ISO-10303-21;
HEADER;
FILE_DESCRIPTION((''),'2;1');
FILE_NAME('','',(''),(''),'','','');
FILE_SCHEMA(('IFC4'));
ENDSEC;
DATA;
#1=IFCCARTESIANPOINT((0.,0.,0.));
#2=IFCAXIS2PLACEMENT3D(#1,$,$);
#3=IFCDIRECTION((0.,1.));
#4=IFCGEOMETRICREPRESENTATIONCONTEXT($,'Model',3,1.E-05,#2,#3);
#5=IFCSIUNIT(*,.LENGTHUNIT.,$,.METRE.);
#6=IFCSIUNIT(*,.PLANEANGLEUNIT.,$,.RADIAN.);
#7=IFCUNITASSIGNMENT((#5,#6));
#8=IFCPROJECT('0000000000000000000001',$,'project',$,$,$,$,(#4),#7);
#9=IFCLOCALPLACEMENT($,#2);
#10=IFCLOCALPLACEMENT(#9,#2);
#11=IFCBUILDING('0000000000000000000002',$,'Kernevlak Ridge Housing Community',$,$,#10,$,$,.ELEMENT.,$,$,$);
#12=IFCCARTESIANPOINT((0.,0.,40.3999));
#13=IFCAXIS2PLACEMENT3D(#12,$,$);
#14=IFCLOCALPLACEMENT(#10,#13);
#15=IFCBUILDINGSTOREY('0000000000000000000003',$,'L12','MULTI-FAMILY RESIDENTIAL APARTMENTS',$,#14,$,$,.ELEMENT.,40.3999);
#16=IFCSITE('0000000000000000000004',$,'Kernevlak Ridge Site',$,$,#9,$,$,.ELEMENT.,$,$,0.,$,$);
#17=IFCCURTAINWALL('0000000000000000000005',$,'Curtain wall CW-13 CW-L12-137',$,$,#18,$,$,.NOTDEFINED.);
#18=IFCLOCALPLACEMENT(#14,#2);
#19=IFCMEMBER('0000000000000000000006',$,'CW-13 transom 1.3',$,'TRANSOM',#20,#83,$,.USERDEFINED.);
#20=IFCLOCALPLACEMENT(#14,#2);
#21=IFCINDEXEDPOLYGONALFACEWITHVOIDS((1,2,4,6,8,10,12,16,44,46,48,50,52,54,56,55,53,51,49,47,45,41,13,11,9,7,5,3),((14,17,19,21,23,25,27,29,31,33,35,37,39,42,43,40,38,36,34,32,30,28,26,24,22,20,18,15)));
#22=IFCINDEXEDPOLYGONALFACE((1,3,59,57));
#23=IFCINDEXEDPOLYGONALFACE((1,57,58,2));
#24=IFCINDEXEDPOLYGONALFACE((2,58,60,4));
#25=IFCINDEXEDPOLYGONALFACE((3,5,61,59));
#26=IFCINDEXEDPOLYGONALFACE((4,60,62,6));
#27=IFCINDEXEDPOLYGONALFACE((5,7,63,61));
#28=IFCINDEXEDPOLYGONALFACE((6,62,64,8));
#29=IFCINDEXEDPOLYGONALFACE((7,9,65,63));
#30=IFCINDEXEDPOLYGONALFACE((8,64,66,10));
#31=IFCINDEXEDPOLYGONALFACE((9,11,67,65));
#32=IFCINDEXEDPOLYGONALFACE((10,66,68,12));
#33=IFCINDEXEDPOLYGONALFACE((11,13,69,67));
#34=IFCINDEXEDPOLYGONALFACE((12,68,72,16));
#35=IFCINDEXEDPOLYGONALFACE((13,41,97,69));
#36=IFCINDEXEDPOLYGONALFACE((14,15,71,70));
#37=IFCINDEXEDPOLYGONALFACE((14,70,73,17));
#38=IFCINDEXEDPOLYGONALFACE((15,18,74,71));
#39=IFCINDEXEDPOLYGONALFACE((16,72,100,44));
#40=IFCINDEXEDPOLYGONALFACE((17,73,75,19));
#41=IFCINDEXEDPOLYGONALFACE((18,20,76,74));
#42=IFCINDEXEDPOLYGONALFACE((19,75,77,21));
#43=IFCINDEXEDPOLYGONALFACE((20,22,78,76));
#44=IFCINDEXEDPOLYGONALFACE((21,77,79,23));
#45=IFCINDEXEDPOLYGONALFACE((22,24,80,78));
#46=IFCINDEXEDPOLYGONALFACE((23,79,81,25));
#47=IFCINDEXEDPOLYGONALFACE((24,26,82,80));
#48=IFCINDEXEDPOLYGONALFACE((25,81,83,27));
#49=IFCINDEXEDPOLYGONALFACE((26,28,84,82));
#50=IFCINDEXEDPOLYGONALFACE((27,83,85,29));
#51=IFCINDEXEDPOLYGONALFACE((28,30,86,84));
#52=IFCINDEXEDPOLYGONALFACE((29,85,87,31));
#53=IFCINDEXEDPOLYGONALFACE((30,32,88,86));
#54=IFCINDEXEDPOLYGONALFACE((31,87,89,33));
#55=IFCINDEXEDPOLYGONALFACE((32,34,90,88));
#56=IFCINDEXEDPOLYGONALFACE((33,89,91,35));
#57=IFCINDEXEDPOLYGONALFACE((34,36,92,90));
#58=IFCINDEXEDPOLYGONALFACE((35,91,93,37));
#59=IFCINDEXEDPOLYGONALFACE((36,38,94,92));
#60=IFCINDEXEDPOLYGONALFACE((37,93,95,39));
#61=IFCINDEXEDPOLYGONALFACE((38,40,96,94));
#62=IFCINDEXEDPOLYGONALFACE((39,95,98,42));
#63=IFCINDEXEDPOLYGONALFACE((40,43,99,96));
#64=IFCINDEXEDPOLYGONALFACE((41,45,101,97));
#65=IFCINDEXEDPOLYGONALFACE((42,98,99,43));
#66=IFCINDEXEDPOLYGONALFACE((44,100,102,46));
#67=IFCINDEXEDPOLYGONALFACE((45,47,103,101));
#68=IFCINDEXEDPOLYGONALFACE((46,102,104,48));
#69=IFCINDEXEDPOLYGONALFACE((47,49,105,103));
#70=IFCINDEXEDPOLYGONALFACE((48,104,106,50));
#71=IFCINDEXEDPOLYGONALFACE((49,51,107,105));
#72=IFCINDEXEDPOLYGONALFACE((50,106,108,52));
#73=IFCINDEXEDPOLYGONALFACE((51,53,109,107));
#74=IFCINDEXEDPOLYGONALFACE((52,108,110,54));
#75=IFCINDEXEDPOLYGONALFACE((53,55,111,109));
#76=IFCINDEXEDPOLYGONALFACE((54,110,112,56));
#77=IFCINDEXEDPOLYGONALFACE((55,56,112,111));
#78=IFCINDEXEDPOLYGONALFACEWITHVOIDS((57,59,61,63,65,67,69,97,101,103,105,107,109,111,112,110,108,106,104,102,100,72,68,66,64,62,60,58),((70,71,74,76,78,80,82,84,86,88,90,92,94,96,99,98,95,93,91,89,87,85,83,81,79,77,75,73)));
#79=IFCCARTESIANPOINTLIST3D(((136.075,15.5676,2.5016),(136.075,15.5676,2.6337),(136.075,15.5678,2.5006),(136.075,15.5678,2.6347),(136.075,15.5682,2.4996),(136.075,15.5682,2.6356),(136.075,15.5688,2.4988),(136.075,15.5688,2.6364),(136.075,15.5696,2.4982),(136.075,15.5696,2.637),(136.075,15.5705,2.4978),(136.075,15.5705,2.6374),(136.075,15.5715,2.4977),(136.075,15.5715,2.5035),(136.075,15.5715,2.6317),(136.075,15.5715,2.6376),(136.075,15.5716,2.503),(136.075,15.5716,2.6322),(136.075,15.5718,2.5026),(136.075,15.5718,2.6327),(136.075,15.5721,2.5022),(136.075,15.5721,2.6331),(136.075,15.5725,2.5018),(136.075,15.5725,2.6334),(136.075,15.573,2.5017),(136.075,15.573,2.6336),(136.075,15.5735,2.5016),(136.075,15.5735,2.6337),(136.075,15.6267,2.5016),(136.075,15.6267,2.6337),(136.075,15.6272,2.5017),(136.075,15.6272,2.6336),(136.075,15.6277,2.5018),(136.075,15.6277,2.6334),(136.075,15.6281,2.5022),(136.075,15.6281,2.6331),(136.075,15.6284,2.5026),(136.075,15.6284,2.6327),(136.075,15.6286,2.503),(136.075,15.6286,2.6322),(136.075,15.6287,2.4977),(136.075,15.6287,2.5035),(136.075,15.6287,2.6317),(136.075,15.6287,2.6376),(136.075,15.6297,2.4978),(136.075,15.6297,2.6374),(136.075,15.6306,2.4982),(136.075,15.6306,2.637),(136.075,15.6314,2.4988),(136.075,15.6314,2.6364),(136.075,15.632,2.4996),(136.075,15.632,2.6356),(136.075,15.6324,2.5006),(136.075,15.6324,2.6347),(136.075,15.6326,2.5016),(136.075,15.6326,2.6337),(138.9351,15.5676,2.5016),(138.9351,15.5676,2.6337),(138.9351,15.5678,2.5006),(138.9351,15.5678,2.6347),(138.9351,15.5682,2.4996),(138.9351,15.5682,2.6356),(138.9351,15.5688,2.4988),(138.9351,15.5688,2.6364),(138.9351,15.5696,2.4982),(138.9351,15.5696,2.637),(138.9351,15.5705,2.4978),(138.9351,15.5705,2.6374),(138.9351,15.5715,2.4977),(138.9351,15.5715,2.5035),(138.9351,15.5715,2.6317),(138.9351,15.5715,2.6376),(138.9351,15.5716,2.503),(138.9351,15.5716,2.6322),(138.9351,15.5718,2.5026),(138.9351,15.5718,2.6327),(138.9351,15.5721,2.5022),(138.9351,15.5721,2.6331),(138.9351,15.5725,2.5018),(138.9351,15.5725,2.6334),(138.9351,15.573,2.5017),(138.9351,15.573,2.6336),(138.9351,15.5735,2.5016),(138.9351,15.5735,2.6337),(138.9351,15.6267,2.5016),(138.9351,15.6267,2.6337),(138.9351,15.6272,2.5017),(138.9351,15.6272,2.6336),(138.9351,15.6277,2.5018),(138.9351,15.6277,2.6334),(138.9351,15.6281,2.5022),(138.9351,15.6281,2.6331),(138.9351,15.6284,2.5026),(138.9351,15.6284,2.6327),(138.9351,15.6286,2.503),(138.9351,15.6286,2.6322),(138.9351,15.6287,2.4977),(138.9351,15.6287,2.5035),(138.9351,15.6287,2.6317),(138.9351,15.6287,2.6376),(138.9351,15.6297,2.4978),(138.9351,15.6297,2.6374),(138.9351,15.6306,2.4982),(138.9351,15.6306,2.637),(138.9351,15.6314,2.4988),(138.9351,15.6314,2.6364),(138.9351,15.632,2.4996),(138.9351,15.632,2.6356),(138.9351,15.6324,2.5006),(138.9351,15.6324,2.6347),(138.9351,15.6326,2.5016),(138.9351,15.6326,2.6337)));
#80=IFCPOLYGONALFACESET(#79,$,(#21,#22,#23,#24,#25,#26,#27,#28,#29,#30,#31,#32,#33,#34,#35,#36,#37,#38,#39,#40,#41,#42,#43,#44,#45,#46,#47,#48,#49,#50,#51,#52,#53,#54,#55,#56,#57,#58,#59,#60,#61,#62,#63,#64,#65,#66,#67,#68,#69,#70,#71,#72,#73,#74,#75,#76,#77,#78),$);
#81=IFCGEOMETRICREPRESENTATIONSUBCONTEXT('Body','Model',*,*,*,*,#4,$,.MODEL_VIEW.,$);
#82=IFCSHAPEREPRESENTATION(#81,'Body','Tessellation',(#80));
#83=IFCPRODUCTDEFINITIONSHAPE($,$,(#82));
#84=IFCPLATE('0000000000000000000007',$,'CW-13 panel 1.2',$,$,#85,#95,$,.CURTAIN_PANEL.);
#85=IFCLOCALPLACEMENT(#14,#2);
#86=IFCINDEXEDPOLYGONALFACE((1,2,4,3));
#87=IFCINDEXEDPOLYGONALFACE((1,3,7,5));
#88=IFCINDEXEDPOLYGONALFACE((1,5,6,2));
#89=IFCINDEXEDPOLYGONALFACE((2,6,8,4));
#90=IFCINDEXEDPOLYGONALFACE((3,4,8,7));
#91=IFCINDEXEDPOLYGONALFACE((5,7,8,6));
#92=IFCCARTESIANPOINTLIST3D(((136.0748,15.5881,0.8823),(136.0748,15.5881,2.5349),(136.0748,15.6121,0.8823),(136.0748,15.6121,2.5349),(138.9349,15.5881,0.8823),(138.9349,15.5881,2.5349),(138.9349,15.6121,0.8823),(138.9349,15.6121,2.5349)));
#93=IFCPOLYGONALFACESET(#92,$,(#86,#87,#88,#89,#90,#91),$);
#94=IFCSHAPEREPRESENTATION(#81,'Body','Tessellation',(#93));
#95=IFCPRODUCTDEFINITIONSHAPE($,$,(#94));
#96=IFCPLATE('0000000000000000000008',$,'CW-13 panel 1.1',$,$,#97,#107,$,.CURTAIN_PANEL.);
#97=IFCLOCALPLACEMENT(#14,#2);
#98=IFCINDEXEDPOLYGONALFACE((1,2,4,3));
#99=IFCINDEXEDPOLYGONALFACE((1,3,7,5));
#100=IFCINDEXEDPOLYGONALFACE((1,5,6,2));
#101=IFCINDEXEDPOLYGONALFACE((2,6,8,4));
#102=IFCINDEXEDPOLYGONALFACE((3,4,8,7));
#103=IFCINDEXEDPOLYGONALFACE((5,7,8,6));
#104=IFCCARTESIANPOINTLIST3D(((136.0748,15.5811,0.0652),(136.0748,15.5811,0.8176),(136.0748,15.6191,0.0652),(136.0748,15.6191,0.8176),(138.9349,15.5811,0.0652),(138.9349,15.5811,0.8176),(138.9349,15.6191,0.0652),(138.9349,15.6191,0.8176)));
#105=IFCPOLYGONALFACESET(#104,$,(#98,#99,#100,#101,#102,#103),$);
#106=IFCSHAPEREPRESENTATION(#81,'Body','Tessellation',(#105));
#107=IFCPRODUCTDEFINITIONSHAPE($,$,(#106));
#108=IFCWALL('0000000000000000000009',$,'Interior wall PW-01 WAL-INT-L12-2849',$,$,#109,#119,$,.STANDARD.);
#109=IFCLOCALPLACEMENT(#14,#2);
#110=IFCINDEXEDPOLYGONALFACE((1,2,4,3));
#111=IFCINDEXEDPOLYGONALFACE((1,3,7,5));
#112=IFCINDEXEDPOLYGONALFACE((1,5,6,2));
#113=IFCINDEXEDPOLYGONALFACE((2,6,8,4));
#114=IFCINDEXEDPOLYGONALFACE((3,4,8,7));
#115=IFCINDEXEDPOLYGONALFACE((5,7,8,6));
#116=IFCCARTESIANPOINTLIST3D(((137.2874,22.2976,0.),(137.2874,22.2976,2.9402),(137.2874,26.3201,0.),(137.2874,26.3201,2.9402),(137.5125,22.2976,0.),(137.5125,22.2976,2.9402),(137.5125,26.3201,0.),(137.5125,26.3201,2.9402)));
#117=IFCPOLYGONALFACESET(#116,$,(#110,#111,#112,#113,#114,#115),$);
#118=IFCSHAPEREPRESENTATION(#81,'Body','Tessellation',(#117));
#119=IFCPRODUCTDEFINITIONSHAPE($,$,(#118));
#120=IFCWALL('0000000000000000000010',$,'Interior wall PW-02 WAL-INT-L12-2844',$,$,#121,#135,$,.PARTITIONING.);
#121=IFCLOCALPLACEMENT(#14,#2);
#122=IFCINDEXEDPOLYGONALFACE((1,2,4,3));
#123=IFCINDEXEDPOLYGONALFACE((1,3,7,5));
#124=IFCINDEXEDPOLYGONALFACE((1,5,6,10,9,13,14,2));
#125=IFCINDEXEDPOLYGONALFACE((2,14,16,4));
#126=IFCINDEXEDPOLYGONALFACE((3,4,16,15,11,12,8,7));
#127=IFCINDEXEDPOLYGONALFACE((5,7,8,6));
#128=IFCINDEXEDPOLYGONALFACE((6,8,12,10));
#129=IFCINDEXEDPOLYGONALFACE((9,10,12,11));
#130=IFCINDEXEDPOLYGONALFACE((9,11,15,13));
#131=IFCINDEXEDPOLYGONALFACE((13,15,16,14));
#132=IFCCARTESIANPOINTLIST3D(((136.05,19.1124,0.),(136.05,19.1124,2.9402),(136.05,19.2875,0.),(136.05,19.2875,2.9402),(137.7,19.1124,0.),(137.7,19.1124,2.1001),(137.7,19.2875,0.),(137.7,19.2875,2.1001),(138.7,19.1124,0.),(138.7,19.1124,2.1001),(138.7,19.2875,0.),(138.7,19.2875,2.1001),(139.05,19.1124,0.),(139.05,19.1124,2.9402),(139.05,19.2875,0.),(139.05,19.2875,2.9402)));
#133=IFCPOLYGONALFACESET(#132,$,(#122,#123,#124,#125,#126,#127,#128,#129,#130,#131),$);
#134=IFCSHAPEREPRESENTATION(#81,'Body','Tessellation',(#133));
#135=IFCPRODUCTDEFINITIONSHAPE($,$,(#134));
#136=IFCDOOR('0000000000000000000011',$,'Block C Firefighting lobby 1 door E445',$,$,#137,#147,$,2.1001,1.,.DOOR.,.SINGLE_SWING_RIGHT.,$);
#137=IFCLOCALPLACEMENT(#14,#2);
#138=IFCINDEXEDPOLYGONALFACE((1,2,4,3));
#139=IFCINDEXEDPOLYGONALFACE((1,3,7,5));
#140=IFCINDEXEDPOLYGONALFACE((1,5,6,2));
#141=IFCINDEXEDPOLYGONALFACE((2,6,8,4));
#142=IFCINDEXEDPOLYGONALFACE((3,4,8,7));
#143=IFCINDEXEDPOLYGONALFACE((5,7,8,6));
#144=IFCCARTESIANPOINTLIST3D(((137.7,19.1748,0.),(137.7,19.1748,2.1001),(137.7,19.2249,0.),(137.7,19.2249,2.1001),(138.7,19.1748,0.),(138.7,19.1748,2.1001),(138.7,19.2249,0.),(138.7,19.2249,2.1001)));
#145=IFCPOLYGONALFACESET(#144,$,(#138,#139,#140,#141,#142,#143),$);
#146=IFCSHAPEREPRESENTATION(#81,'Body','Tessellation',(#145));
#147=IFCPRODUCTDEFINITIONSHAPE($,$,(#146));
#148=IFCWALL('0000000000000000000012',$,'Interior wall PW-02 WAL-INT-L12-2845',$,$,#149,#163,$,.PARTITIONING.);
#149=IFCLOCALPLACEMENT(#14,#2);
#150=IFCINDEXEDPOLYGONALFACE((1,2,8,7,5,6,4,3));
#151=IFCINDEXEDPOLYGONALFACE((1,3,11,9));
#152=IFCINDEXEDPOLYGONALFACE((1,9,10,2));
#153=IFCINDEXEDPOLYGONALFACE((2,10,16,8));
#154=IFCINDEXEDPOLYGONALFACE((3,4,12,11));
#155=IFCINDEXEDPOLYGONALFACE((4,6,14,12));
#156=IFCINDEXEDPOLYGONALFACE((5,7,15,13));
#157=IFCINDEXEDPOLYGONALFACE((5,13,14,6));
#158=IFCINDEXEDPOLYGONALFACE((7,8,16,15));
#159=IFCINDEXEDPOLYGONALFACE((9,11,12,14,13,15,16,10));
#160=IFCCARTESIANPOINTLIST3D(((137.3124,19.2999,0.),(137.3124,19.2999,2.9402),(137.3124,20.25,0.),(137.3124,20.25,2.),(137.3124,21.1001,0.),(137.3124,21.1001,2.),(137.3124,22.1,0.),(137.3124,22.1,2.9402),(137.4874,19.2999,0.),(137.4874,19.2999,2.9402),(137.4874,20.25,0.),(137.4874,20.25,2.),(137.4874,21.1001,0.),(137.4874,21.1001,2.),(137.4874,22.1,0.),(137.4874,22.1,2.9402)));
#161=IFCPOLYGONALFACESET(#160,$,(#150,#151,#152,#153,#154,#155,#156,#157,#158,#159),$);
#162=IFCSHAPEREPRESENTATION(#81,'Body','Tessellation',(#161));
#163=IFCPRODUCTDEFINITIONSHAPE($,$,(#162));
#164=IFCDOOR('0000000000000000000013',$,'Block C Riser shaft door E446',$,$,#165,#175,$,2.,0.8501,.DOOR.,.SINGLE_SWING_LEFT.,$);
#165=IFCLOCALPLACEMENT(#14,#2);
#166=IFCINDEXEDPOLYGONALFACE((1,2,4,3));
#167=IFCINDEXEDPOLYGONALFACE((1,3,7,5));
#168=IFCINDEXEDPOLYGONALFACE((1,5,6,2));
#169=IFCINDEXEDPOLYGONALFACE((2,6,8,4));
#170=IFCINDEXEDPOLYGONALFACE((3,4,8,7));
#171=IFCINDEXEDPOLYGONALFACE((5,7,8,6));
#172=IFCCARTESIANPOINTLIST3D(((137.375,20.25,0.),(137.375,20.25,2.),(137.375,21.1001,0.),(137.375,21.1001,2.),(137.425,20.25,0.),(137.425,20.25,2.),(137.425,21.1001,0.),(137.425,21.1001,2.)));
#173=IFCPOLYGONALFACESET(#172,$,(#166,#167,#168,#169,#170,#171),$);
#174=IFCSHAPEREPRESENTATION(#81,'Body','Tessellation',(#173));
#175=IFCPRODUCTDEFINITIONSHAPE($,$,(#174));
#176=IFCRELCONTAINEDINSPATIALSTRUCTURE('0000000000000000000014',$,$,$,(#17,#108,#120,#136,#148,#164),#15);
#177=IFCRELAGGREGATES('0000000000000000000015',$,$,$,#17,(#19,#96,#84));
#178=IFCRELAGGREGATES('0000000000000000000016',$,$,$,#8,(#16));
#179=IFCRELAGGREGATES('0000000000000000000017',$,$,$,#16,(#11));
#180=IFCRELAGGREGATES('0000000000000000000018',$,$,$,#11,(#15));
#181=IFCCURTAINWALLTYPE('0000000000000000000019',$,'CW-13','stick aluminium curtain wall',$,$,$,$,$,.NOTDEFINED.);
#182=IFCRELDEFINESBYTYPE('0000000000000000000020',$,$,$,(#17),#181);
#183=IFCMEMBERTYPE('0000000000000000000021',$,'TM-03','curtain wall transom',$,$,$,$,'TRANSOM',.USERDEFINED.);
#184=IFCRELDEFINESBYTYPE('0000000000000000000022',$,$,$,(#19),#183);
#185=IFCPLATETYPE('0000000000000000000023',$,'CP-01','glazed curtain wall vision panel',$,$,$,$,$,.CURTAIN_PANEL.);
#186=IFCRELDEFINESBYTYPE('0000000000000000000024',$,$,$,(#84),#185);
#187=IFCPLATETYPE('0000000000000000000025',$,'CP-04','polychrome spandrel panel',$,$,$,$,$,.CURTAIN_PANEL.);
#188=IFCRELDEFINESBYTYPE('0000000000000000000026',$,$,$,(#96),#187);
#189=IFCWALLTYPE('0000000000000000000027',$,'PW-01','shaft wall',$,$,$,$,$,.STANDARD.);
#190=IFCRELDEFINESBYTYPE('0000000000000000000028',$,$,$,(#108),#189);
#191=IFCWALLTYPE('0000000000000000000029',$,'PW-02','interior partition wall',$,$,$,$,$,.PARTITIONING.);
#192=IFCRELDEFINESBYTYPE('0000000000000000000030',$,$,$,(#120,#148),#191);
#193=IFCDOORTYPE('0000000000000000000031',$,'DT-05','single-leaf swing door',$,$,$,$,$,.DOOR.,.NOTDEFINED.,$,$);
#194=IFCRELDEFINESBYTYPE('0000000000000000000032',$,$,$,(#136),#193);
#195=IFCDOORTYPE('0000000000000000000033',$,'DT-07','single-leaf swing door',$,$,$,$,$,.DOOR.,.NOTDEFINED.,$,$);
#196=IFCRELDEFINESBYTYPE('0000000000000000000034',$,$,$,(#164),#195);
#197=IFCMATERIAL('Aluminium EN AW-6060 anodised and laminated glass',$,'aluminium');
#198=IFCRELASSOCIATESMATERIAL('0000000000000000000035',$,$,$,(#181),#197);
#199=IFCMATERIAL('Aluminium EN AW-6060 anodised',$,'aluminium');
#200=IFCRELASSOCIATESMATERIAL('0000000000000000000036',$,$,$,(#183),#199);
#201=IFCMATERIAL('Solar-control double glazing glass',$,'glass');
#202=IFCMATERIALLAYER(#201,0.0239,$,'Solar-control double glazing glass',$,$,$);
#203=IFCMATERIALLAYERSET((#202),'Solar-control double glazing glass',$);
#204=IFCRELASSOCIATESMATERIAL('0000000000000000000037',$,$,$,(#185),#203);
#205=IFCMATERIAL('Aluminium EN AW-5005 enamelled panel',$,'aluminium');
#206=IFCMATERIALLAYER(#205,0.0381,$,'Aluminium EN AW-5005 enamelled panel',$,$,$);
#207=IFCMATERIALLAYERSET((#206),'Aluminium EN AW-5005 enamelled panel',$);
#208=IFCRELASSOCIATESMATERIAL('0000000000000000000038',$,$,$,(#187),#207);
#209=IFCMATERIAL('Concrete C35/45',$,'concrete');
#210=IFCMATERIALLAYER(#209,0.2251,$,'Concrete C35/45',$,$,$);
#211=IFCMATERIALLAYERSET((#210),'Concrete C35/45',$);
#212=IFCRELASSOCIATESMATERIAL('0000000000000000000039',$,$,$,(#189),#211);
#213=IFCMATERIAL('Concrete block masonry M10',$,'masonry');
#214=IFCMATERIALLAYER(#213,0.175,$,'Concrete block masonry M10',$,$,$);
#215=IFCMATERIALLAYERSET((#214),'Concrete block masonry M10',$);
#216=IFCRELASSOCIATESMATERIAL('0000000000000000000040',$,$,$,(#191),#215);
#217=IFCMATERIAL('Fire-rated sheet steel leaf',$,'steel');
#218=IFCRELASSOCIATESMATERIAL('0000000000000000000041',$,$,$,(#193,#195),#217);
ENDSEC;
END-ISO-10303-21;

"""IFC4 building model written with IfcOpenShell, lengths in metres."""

from ifc_helpers import new_model, si_unit, direction, frame, frame_2d, origin, origin_2d, place, context, subcontext, project, spatial, rectangle, hollow_rectangle, extrude, material, layer, layer_set, material_profile, profile_set, type_object, element, fill, aggregate, save


model = new_model("IFC4")

# Units and contexts
model_context = context("Model", 3, precision=1e-05, world=origin(), true_north=direction((0.0, 1.0)))
body_context = subcontext(model_context, "Body", "Model", "MODEL_VIEW")
ifc_project = project(units=[si_unit("LENGTHUNIT", "METRE"), si_unit("PLANEANGLEUNIT", "RADIAN")], contexts=[model_context])

# Site, building, storey
site_placement = place(None, origin())
site = spatial("IfcSite", under=ifc_project, at=site_placement, Name="Kernevlak Ridge Site", CompositionType="ELEMENT", RefElevation=0.0)
building_placement = place(site_placement, origin())
building = spatial("IfcBuilding", under=site, at=building_placement, Name="Kernevlak Ridge Housing Community", CompositionType="ELEMENT")
storey_placement = place(building_placement, frame((0.0, 0.0, 40.3999)))
storey = spatial("IfcBuildingStorey", under=building, at=storey_placement, Name="L12", Description="MULTI-FAMILY RESIDENTIAL APARTMENTS", CompositionType="ELEMENT", Elevation=40.3999)

# Shared definitions
ifc_material_1 = material(Name="Concrete C35/45", Category="concrete")

# Curtain wall, member, plates
ifc_material_2 = material(Name="Aluminium EN AW-6060 anodised and laminated glass", Category="aluminium")
curtain_wall_type = type_object("IfcCurtainWallType", Name="CW-13", Description="stick aluminium curtain wall", PredefinedType="NOTDEFINED", material=ifc_material_2)
curtain_wall_placement = place(storey_placement, origin())
curtain_wall = element("IfcCurtainWall", 1, at=curtain_wall_placement, inside=storey, type_object=curtain_wall_type, Name="Curtain wall CW-13 CW-L12-137", PredefinedType="NOTDEFINED")
ifc_material_3 = material(Name="Aluminium EN AW-6060 anodised", Category="aluminium")
ifc_material_profile_1 = material_profile(ifc_material_3, hollow_rectangle(XDim=0.0649, YDim=0.1399, WallThickness=0.0039, InnerFilletRadius=0.002, OuterFilletRadius=0.0039, at=origin_2d()), Name="ALU 65x140x4")
ifc_profile_set_1 = profile_set([ifc_material_profile_1], Name="Aluminium EN AW-6060 anodised")
member_type_1 = type_object("IfcMemberType", Name="TM-03", Description="curtain wall transom", ElementType="TRANSOM", PredefinedType="USERDEFINED", material=ifc_profile_set_1)
member_1_placement = place(storey_placement, frame((136.075, 15.6001, 2.5676), z_axis=(1.0, 0.0, 0.0), x_axis=(0.0, 1.0, 0.0)))
member_1 = element("IfcMember", 2, at=member_1_placement, type_object=member_type_1, Name="CW-13 transom 1.3", ObjectType="TRANSOM", PredefinedType="USERDEFINED", context=body_context, shape_type="SweptSolid", body=[
    extrude(hollow_rectangle(XDim=0.0649, YDim=0.1399, WallThickness=0.0039, InnerFilletRadius=0.002, OuterFilletRadius=0.0039, at=origin_2d()), origin(), (0.0, 0.0, 1.0), 2.8601),
])
ifc_material_4 = material(Name="Solar-control double glazing glass", Category="glass")
ifc_layer_1 = layer(ifc_material_4, 0.0239, Name="Solar-control double glazing glass")
ifc_layer_set_1 = layer_set([ifc_layer_1], Name="Solar-control double glazing glass")
plate_type_1 = type_object("IfcPlateType", Name="CP-01", Description="glazed curtain wall vision panel", PredefinedType="CURTAIN_PANEL", material=ifc_layer_set_1)
plate_1_placement = place(storey_placement, frame((137.5049, 15.6001, 0.8823), z_axis=(0.0, 0.0, 1.0), x_axis=(1.0, 0.0, 0.0)))
plate_1 = element("IfcPlate", 3, at=plate_1_placement, type_object=plate_type_1, Name="CW-13 panel 1.2", PredefinedType="CURTAIN_PANEL", context=body_context, shape_type="SweptSolid", body=[
    extrude(rectangle(XDim=2.8601, YDim=0.0239, at=origin_2d()), origin(), (0.0, 0.0, 1.0), 1.6526),
])
ifc_material_5 = material(Name="Aluminium EN AW-5005 enamelled panel", Category="aluminium")
ifc_layer_2 = layer(ifc_material_5, 0.0381, Name="Aluminium EN AW-5005 enamelled panel")
ifc_layer_set_2 = layer_set([ifc_layer_2], Name="Aluminium EN AW-5005 enamelled panel")
plate_type_2 = type_object("IfcPlateType", Name="CP-04", Description="polychrome spandrel panel", PredefinedType="CURTAIN_PANEL", material=ifc_layer_set_2)
plate_2_placement = place(storey_placement, frame((137.5049, 15.6001, 0.0652), z_axis=(0.0, 0.0, 1.0), x_axis=(1.0, 0.0, 0.0)))
plate_2 = element("IfcPlate", 4, at=plate_2_placement, type_object=plate_type_2, Name="CW-13 panel 1.1", PredefinedType="CURTAIN_PANEL", context=body_context, shape_type="SweptSolid", body=[
    extrude(rectangle(XDim=2.8601, YDim=0.0381, at=origin_2d()), origin(), (0.0, 0.0, 1.0), 0.7524),
])
aggregate(curtain_wall, [member_1, plate_2, plate_1])

# Wall
ifc_layer_3 = layer(ifc_material_1, 0.2251, Name="Concrete C35/45")
ifc_layer_set_3 = layer_set([ifc_layer_3], Name="Concrete C35/45")
wall_type_1 = type_object("IfcWallType", Name="PW-01", Description="shaft wall", PredefinedType="STANDARD", material=ifc_layer_set_3)
wall_1_placement = place(storey_placement, frame((137.3999, 22.2976, 0.0), z_axis=(0.0, 0.0, 1.0), x_axis=(0.0, 1.0, 0.0)))
element("IfcWall", 5, at=wall_1_placement, inside=storey, type_object=wall_type_1, Name="Interior wall PW-01 WAL-INT-L12-2849", PredefinedType="STANDARD", context=body_context, shape_type="SweptSolid", body=[
    extrude(rectangle(XDim=4.0225, YDim=0.2251, at=frame_2d((2.0112, 0.0))), origin(), (0.0, 0.0, 1.0), 2.9402),
])

# Walls, openings, doors
ifc_material_6 = material(Name="Concrete block masonry M10", Category="masonry")
ifc_layer_4 = layer(ifc_material_6, 0.175, Name="Concrete block masonry M10")
ifc_layer_set_4 = layer_set([ifc_layer_4], Name="Concrete block masonry M10")
wall_type_2 = type_object("IfcWallType", Name="PW-02", Description="interior partition wall", PredefinedType="PARTITIONING", material=ifc_layer_set_4)
wall_2_placement = place(storey_placement, frame((136.05, 19.2, 0.0), z_axis=(0.0, 0.0, 1.0), x_axis=(1.0, 0.0, 0.0)))
wall_2 = element("IfcWall", 6, at=wall_2_placement, inside=storey, type_object=wall_type_2, Name="Interior wall PW-02 WAL-INT-L12-2844", PredefinedType="PARTITIONING", context=body_context, shape_type="SweptSolid", body=[
    extrude(rectangle(XDim=3.0, YDim=0.175, at=frame_2d((1.5, 0.0))), origin(), (0.0, 0.0, 1.0), 2.9402),
])
opening_1_placement = place(wall_2_placement, frame((1.6499, 0.0, 0.0)))
opening_1 = element("IfcOpeningElement", 7, at=opening_1_placement, cuts=wall_2, PredefinedType="OPENING", context=body_context, shape_type="SweptSolid", body=[
    extrude(rectangle(XDim=1.0, YDim=2.1001, at=frame_2d((0.5, 1.05))), frame((0.0, 0.0974, 0.0), z_axis=(0.0, -1.0, 0.0), x_axis=(1.0, 0.0, 0.0)), (0.0, 0.0, 1.0), 0.1951),
])
ifc_material_7 = material(Name="Fire-rated sheet steel leaf", Category="steel")
door_type_1 = type_object("IfcDoorType", Name="DT-05", Description="single-leaf swing door", OperationType="NOTDEFINED", PredefinedType="DOOR", material=ifc_material_7)
door_1_placement = place(opening_1_placement, origin())
door_1 = element("IfcDoor", 8, at=door_1_placement, inside=storey, type_object=door_type_1, Name="Block C Firefighting lobby 1 door E445", OperationType="SINGLE_SWING_RIGHT", OverallHeight=2.1001, OverallWidth=1.0, PredefinedType="DOOR", context=body_context, shape_type="SweptSolid", body=[
    extrude(rectangle(XDim=1.0, YDim=2.1001, at=frame_2d((0.5, 1.05))), frame((0.0, 0.0249, 0.0), z_axis=(0.0, -1.0, 0.0), x_axis=(1.0, 0.0, 0.0)), (0.0, 0.0, 1.0), 0.05),
])
fill(opening_1, door_1)
wall_3_placement = place(storey_placement, frame((137.3999, 19.3, 0.0), z_axis=(0.0, 0.0, 1.0), x_axis=(0.0, 1.0, 0.0)))
wall_3 = element("IfcWall", 9, at=wall_3_placement, inside=storey, type_object=wall_type_2, Name="Interior wall PW-02 WAL-INT-L12-2845", PredefinedType="PARTITIONING", context=body_context, shape_type="SweptSolid", body=[
    extrude(rectangle(XDim=2.8, YDim=0.175, at=frame_2d((1.3999, 0.0))), origin(), (0.0, 0.0, 1.0), 2.9402),
])
opening_2_placement = place(wall_3_placement, frame((0.95, 0.0, 0.0)))
opening_2 = element("IfcOpeningElement", 10, at=opening_2_placement, cuts=wall_3, PredefinedType="OPENING", context=body_context, shape_type="SweptSolid", body=[
    extrude(rectangle(XDim=0.8501, YDim=2.0, at=frame_2d((0.425, 1.0))), frame((0.0, 0.0974, 0.0), z_axis=(0.0, -1.0, 0.0), x_axis=(1.0, 0.0, 0.0)), (0.0, 0.0, 1.0), 0.1951),
])
door_type_2 = type_object("IfcDoorType", Name="DT-07", Description="single-leaf swing door", OperationType="NOTDEFINED", PredefinedType="DOOR", material=ifc_material_7)
door_2_placement = place(opening_2_placement, origin())
door_2 = element("IfcDoor", 11, at=door_2_placement, inside=storey, type_object=door_type_2, Name="Block C Riser shaft door E446", OperationType="SINGLE_SWING_LEFT", OverallHeight=2.0, OverallWidth=0.8501, PredefinedType="DOOR", context=body_context, shape_type="SweptSolid", body=[
    extrude(rectangle(XDim=0.8501, YDim=2.0, at=frame_2d((0.425, 1.0))), frame((0.0, 0.0249, 0.0), z_axis=(0.0, -1.0, 0.0), x_axis=(1.0, 0.0, 0.0)), (0.0, 0.0, 1.0), 0.05),
])
fill(opening_2, door_2)

save(model, "model.ifc")
